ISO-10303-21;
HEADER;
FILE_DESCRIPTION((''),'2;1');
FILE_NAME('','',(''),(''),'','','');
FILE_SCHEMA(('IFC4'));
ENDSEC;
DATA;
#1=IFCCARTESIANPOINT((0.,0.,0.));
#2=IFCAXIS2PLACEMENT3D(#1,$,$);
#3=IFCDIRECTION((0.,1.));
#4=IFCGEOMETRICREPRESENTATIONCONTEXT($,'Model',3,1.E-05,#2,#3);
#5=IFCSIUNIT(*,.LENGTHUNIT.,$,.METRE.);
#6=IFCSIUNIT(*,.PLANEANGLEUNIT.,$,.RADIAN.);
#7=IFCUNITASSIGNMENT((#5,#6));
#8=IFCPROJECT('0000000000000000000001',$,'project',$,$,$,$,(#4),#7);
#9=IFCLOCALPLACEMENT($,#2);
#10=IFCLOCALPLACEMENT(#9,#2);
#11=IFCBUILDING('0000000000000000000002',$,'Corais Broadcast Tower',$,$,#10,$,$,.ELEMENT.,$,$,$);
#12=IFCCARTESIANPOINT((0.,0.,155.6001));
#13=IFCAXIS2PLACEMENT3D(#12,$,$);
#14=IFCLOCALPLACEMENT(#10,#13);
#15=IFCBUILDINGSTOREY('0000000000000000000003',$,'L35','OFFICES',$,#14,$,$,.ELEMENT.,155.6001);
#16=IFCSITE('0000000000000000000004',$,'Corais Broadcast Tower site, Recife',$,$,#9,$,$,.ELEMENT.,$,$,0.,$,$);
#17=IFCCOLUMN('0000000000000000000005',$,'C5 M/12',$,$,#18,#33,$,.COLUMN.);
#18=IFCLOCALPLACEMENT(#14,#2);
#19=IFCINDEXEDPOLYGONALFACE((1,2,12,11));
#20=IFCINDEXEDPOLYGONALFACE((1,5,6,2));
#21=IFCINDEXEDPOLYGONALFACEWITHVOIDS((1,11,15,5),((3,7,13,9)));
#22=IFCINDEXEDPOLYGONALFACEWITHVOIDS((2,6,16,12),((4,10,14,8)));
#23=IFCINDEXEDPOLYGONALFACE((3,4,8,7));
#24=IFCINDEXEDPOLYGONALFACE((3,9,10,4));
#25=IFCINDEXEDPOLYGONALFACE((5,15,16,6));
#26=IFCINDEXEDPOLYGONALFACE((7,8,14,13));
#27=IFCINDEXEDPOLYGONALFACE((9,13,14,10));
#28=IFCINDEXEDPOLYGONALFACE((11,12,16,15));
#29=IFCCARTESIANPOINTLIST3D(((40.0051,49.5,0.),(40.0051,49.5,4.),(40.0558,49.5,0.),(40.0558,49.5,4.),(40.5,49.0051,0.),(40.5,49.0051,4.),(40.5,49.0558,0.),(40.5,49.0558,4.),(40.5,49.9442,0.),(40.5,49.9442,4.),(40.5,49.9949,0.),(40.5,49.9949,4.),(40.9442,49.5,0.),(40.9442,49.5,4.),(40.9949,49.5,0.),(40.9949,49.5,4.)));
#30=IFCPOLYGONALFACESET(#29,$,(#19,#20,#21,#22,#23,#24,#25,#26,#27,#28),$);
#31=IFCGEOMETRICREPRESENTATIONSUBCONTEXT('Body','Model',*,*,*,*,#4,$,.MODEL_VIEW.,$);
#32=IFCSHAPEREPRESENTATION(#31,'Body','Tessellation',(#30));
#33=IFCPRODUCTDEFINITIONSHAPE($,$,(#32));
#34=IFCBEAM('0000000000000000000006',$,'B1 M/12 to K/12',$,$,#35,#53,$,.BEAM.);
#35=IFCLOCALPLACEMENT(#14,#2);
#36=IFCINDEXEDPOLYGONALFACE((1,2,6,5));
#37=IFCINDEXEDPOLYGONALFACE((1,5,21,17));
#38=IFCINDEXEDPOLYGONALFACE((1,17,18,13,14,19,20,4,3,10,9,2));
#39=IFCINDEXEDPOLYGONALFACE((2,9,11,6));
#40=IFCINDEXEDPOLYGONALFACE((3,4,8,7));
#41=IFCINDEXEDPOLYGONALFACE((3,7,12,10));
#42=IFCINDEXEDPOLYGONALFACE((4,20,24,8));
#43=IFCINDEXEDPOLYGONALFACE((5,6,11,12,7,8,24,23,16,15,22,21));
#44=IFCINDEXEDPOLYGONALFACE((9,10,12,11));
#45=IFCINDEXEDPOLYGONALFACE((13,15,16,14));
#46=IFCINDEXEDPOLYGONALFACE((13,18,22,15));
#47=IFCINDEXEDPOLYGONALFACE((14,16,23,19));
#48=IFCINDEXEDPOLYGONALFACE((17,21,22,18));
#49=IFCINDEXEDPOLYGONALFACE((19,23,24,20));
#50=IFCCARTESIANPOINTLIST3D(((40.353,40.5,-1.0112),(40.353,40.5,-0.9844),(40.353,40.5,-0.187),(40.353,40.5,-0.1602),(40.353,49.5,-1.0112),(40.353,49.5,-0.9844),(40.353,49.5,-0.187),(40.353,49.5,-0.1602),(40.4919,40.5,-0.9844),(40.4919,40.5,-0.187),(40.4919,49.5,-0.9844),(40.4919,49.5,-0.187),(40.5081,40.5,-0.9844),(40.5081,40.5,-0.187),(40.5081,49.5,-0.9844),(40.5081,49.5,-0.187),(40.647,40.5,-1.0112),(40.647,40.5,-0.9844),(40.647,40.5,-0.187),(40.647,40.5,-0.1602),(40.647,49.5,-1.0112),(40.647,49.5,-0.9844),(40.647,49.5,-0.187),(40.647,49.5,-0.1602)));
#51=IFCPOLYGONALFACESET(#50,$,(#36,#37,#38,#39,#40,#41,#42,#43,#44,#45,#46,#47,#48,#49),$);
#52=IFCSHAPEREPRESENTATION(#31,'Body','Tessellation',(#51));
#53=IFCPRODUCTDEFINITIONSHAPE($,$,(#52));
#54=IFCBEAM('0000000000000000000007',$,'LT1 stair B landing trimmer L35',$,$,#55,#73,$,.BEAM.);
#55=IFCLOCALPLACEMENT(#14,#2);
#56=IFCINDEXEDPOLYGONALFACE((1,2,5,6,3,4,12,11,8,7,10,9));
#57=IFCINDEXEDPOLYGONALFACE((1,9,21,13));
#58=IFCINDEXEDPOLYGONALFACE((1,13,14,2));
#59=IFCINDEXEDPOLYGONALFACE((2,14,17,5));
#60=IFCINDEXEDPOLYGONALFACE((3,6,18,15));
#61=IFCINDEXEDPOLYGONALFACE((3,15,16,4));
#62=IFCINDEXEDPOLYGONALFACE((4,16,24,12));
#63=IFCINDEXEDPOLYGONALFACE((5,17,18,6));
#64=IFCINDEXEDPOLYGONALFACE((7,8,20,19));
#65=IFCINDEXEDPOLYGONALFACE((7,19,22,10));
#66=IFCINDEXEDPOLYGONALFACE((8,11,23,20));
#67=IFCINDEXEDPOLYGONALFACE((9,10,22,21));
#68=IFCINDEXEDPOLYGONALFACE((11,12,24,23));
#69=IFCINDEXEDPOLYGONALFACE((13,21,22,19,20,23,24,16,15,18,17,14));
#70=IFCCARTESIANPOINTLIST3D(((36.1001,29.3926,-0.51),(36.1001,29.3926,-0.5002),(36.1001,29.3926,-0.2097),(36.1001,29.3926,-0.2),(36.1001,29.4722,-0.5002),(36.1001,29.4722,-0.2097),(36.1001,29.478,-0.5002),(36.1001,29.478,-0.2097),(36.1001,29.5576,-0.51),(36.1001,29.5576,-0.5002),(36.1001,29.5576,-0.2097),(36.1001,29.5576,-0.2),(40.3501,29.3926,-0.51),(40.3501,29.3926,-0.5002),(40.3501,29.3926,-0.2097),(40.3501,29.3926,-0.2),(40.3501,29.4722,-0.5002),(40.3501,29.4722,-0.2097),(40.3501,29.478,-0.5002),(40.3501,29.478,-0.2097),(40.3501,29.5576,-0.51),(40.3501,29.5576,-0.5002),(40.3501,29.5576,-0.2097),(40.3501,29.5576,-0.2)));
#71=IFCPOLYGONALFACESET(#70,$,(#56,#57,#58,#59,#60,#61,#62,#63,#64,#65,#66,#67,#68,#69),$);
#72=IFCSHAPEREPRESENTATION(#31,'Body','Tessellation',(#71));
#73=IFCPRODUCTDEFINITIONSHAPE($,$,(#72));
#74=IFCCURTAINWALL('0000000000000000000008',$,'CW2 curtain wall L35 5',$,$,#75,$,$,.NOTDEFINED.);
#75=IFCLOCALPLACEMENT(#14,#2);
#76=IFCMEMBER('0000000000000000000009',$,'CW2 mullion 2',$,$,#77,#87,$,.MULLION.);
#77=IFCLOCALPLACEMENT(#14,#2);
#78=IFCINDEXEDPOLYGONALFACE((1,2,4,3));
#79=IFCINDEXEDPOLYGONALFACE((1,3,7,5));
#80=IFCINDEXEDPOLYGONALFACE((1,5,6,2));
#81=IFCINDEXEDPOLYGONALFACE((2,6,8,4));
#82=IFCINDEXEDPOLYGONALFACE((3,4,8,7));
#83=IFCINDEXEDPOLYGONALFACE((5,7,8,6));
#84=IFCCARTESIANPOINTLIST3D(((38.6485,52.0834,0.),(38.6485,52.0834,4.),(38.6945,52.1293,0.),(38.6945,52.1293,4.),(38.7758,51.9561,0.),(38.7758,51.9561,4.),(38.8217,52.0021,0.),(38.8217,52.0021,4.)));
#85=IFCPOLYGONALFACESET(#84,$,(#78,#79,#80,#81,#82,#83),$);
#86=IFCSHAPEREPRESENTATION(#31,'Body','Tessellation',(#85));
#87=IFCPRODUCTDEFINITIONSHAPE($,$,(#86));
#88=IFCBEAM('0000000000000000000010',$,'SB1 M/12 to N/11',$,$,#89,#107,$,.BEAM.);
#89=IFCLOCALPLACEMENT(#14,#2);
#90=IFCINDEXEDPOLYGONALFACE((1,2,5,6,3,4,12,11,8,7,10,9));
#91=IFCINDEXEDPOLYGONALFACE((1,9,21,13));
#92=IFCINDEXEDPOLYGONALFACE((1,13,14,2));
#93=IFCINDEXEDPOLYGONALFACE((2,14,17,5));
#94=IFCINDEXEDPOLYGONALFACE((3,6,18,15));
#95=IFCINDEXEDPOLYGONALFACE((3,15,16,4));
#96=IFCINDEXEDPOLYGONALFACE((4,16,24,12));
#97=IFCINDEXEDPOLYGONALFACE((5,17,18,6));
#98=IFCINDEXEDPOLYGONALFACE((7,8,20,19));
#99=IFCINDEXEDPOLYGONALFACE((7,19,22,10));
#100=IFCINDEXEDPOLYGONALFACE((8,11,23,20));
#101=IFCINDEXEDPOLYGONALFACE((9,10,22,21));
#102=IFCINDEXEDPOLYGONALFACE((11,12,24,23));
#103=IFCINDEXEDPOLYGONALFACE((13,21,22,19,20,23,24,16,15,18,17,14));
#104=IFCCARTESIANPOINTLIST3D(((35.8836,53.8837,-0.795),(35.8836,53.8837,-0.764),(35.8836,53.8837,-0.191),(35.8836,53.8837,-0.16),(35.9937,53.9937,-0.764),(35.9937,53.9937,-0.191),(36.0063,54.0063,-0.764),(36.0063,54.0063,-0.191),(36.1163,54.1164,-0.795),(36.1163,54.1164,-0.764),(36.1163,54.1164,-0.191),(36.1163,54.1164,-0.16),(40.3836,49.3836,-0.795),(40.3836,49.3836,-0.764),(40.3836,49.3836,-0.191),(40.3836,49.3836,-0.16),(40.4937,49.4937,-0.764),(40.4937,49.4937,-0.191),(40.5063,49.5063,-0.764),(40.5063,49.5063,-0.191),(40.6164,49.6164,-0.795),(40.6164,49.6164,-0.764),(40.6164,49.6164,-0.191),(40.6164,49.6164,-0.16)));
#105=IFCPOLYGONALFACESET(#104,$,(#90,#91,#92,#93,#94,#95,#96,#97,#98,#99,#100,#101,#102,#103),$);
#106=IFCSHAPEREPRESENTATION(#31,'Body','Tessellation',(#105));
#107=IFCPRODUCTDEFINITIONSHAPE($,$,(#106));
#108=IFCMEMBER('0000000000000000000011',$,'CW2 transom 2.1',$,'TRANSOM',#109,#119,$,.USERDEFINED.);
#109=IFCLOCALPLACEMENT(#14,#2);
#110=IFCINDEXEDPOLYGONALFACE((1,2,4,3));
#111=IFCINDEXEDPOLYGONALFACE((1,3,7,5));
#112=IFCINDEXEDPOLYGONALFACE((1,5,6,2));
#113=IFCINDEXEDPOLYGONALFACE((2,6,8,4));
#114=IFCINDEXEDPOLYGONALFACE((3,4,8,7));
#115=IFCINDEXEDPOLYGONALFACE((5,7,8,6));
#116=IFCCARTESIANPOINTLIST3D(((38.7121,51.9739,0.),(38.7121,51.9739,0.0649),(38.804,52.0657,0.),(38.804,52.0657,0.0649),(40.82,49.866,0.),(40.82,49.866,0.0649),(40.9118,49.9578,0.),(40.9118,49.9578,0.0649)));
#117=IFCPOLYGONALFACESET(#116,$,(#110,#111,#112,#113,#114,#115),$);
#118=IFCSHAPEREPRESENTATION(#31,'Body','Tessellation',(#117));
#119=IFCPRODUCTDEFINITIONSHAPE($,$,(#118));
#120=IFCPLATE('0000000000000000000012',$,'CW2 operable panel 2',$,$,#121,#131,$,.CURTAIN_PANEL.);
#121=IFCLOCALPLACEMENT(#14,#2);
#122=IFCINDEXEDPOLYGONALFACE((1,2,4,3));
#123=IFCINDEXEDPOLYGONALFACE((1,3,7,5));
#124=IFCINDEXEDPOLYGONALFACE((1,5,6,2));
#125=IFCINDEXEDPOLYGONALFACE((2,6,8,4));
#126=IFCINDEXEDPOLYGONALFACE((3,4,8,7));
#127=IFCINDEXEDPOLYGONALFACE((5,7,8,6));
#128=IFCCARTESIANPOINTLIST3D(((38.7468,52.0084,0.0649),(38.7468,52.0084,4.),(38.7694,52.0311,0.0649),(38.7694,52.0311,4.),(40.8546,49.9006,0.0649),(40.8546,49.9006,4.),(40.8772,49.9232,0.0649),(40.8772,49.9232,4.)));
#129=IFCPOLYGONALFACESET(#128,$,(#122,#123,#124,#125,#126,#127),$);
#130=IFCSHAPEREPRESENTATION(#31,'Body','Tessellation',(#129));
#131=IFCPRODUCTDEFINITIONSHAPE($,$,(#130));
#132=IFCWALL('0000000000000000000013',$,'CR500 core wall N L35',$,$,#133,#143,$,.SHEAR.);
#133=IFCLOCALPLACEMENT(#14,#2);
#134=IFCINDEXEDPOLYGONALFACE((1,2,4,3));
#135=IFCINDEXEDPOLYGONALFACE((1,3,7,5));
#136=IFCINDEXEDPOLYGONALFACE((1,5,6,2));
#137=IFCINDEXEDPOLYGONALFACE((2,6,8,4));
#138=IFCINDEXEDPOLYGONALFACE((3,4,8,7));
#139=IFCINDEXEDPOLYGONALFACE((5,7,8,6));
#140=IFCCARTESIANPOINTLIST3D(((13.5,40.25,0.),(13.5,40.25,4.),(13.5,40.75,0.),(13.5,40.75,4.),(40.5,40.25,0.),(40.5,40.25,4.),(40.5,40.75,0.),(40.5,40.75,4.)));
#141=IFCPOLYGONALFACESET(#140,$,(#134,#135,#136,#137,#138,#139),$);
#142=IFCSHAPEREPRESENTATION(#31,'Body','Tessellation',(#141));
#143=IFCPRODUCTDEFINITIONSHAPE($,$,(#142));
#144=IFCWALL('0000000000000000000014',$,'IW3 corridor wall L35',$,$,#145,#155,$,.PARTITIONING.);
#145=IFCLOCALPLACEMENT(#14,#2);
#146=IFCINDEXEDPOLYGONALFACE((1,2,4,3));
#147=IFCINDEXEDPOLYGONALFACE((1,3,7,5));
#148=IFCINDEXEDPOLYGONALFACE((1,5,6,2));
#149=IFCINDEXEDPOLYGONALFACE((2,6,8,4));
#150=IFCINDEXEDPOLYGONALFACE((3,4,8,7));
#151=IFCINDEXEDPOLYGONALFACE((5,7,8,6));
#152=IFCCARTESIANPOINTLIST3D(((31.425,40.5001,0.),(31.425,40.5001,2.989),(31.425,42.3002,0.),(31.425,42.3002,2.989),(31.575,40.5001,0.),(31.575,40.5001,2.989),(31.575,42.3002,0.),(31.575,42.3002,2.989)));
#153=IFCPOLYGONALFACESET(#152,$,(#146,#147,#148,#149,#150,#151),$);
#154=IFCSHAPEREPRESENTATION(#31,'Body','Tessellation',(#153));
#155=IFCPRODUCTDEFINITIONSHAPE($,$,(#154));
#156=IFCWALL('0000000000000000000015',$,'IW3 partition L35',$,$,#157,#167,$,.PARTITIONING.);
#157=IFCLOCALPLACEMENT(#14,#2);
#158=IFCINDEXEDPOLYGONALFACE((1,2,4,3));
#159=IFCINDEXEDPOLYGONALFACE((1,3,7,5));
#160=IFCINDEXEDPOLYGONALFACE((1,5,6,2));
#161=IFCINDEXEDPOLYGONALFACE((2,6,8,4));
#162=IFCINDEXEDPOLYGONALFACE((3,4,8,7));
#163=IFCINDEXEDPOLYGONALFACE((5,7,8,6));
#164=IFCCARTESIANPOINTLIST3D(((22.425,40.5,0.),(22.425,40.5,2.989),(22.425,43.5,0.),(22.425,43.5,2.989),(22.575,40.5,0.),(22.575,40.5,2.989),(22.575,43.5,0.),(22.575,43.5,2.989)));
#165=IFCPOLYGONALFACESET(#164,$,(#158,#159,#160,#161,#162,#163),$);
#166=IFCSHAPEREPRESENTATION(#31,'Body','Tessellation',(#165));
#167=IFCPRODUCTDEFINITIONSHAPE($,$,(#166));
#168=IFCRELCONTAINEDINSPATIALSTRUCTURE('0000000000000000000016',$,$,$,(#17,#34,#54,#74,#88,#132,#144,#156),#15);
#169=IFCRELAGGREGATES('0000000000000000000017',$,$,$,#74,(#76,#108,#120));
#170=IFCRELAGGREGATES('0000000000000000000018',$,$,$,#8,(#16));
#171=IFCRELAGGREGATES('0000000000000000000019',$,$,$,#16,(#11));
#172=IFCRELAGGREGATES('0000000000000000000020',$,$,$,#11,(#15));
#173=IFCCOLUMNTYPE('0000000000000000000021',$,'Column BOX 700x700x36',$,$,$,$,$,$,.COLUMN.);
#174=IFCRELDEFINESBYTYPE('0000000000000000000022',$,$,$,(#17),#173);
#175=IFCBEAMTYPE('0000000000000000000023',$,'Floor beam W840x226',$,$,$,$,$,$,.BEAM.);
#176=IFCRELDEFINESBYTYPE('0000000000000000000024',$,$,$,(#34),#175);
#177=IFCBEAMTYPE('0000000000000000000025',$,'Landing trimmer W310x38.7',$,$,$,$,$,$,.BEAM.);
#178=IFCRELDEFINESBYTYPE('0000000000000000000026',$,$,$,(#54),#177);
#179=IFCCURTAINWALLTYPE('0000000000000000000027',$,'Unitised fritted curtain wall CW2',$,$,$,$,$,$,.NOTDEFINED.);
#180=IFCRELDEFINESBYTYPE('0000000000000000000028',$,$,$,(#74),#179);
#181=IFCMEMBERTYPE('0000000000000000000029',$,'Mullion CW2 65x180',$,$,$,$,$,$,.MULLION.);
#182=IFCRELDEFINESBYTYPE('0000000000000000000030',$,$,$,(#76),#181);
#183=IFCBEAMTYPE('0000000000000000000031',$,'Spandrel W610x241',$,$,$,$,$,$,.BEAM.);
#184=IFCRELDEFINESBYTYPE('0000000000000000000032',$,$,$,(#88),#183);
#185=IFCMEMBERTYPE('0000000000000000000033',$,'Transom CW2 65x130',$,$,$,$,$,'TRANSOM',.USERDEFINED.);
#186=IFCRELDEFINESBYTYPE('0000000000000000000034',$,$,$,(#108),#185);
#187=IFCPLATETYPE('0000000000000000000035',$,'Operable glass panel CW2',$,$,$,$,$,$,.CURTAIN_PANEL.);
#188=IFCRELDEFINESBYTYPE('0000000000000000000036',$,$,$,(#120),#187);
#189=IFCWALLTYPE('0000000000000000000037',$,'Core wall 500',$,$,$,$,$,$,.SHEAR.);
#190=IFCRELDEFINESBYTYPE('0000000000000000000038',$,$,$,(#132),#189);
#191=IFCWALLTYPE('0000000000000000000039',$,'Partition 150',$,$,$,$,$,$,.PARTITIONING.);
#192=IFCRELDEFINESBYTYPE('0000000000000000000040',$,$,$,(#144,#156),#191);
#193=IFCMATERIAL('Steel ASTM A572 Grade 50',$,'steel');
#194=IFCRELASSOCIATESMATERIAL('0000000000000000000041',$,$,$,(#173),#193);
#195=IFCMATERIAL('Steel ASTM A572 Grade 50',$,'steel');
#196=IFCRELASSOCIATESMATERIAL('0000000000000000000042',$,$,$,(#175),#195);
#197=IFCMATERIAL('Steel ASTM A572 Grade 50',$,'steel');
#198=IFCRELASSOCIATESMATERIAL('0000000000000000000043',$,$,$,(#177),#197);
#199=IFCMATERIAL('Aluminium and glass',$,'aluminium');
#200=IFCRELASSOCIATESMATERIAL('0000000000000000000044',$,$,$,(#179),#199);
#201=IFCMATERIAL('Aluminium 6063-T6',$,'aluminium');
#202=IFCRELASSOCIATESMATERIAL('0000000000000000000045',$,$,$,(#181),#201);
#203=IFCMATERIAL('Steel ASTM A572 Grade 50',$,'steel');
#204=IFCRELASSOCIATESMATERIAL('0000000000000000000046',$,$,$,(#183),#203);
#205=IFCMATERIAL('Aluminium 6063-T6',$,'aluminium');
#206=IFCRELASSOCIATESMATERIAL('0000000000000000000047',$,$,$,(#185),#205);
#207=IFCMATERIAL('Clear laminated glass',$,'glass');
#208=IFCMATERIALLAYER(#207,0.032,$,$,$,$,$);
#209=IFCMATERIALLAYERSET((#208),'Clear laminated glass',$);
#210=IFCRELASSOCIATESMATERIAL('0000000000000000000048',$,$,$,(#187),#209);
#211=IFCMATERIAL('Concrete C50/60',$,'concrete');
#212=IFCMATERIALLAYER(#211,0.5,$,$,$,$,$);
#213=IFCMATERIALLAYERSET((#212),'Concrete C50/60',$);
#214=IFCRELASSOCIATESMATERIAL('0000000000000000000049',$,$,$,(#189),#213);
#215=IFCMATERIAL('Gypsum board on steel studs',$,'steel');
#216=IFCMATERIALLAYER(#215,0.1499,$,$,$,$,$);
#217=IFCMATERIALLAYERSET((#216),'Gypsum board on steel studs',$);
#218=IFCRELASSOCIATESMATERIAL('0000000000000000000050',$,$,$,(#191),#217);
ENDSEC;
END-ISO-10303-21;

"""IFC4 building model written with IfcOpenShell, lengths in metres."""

from ifc_helpers import new_model, si_unit, direction, frame, frame_2d, origin, origin_2d, place, context, subcontext, project, spatial, rectangle, hollow_rectangle, i_section, extrude, material, layer, layer_set, material_profile, profile_set, type_object, element, aggregate, save


model = new_model("IFC4")

# Units and contexts
model_context = context("Model", 3, precision=1e-05, world=origin(), true_north=direction((0.0, 1.0)))
body_context = subcontext(model_context, "Body", "Model", "MODEL_VIEW")
ifc_project = project(units=[si_unit("LENGTHUNIT", "METRE"), si_unit("PLANEANGLEUNIT", "RADIAN")], contexts=[model_context])

# Site, building, storey
site_placement = place(None, origin())
site = spatial("IfcSite", under=ifc_project, at=site_placement, Name="Corais Broadcast Tower site, Recife", CompositionType="ELEMENT", RefElevation=0.0)
building_placement = place(site_placement, origin())
building = spatial("IfcBuilding", under=site, at=building_placement, Name="Corais Broadcast Tower", CompositionType="ELEMENT")
storey_placement = place(building_placement, frame((0.0, 0.0, 155.6001)))
storey = spatial("IfcBuildingStorey", under=building, at=storey_placement, Name="L35", Description="OFFICES", CompositionType="ELEMENT", Elevation=155.6001)

# Column
ifc_material_1 = material(Name="Steel ASTM A572 Grade 50", Category="steel")
ifc_material_profile_1 = material_profile(ifc_material_1, hollow_rectangle(XDim=0.7, YDim=0.7, WallThickness=0.0359, at=origin_2d()), Name="BOX 700x700x36")
ifc_profile_set_1 = profile_set([ifc_material_profile_1], Name="Steel ASTM A572 Grade 50")
column_type = type_object("IfcColumnType", Name="Column BOX 700x700x36", PredefinedType="COLUMN", material=ifc_profile_set_1)
column_placement = place(storey_placement, frame((40.5, 49.5, 0.0), z_axis=(0.0, 0.0, 1.0), x_axis=(0.707107, 0.707107, 0.0)))
element("IfcColumn", 1, at=column_placement, inside=storey, type_object=column_type, Name="C5 M/12", PredefinedType="COLUMN", context=body_context, shape_type="SweptSolid", body=[
    extrude(hollow_rectangle(XDim=0.7, YDim=0.7, WallThickness=0.0359, at=origin_2d()), origin(), (0.0, 0.0, 1.0), 4.0),
])

# Beams
ifc_material_2 = material(Name="Steel ASTM A572 Grade 50", Category="steel")
ifc_material_profile_2 = material_profile(ifc_material_2, i_section(OverallWidth=0.2939, OverallDepth=0.8511, WebThickness=0.0161, FlangeThickness=0.0269, at=origin_2d()), Name="W840x226")
ifc_profile_set_2 = profile_set([ifc_material_profile_2], Name="Steel ASTM A572 Grade 50")
beam_type_1 = type_object("IfcBeamType", Name="Floor beam W840x226", PredefinedType="BEAM", material=ifc_profile_set_2)
beam_1_placement = place(storey_placement, frame((40.5, 49.5, -0.5857), z_axis=(0.0, -1.0, 0.0), x_axis=(1.0, 0.0, 0.0)))
element("IfcBeam", 2, at=beam_1_placement, inside=storey, type_object=beam_type_1, Name="B1 M/12 to K/12", PredefinedType="BEAM", context=body_context, shape_type="SweptSolid", body=[
    extrude(i_section(OverallWidth=0.2939, OverallDepth=0.8511, WebThickness=0.0161, FlangeThickness=0.0269, at=origin_2d()), origin(), (0.0, 0.0, 1.0), 9.0),
])
ifc_material_3 = material(Name="Steel ASTM A572 Grade 50", Category="steel")
ifc_material_profile_3 = material_profile(ifc_material_3, i_section(OverallWidth=0.165, OverallDepth=0.3101, WebThickness=0.0059, FlangeThickness=0.0098, at=origin_2d()), Name="W310x38.7")
ifc_profile_set_3 = profile_set([ifc_material_profile_3], Name="Steel ASTM A572 Grade 50")
beam_type_2 = type_object("IfcBeamType", Name="Landing trimmer W310x38.7", PredefinedType="BEAM", material=ifc_profile_set_3)
beam_2_placement = place(storey_placement, frame((36.1001, 29.4751, -0.355), z_axis=(1.0, 0.0, 0.0), x_axis=(0.0, 1.0, 0.0)))
element("IfcBeam", 3, at=beam_2_placement, inside=storey, type_object=beam_type_2, Name="LT1 stair B landing trimmer L35", PredefinedType="BEAM", context=body_context, shape_type="SweptSolid", body=[
    extrude(i_section(OverallWidth=0.165, OverallDepth=0.3101, WebThickness=0.0059, FlangeThickness=0.0098, at=origin_2d()), origin(), (0.0, 0.0, 1.0), 4.25),
])

# Curtain wall, member
ifc_material_4 = material(Name="Aluminium and glass", Category="aluminium")
curtain_wall_type = type_object("IfcCurtainWallType", Name="Unitised fritted curtain wall CW2", PredefinedType="NOTDEFINED", material=ifc_material_4)
curtain_wall_placement = place(storey_placement, origin())
curtain_wall = element("IfcCurtainWall", 4, at=curtain_wall_placement, inside=storey, type_object=curtain_wall_type, Name="CW2 curtain wall L35 5", PredefinedType="NOTDEFINED")
ifc_material_5 = material(Name="Aluminium 6063-T6", Category="aluminium")
ifc_material_profile_4 = material_profile(ifc_material_5, rectangle(XDim=0.0649, YDim=0.1799, at=origin_2d()), Name="Mullion CW2 65x180")
ifc_profile_set_4 = profile_set([ifc_material_profile_4], Name="Aluminium 6063-T6")
member_type_1 = type_object("IfcMemberType", Name="Mullion CW2 65x180", PredefinedType="MULLION", material=ifc_profile_set_4)
member_1_placement = place(storey_placement, frame((38.7351, 52.0427, 0.0), z_axis=(0.0, 0.0, 1.0), x_axis=(0.707107, 0.707107, 0.0)))
member_1 = element("IfcMember", 5, at=member_1_placement, type_object=member_type_1, Name="CW2 mullion 2", PredefinedType="MULLION", context=body_context, shape_type="SweptSolid", body=[
    extrude(rectangle(XDim=0.0649, YDim=0.1799, at=origin_2d()), origin(), (0.0, 0.0, 1.0), 4.0),
])

# Beam
ifc_material_6 = material(Name="Steel ASTM A572 Grade 50", Category="steel")
ifc_material_profile_5 = material_profile(ifc_material_6, i_section(OverallWidth=0.3291, OverallDepth=0.635, WebThickness=0.0178, FlangeThickness=0.031, at=origin_2d()), Name="W610x241")
ifc_profile_set_5 = profile_set([ifc_material_profile_5], Name="Steel ASTM A572 Grade 50")
beam_type_3 = type_object("IfcBeamType", Name="Spandrel W610x241", PredefinedType="BEAM", material=ifc_profile_set_5)
beam_3_placement = place(storey_placement, frame((40.5, 49.5, -0.4775), z_axis=(-0.707107, 0.707107, 0.0), x_axis=(-0.707107, -0.707107, 0.0)))
element("IfcBeam", 6, at=beam_3_placement, inside=storey, type_object=beam_type_3, Name="SB1 M/12 to N/11", PredefinedType="BEAM", context=body_context, shape_type="SweptSolid", body=[
    extrude(i_section(OverallWidth=0.3291, OverallDepth=0.635, WebThickness=0.0178, FlangeThickness=0.031, at=origin_2d()), origin(), (0.0, 0.0, 1.0), 6.364),
])

# Member
ifc_material_7 = material(Name="Aluminium 6063-T6", Category="aluminium")
ifc_material_profile_6 = material_profile(ifc_material_7, rectangle(XDim=0.1299, YDim=0.0649, at=origin_2d()), Name="Transom CW2 65x130")
ifc_profile_set_6 = profile_set([ifc_material_profile_6], Name="Aluminium 6063-T6")
member_type_2 = type_object("IfcMemberType", Name="Transom CW2 65x130", ElementType="TRANSOM", PredefinedType="USERDEFINED", material=ifc_profile_set_6)
member_2_placement = place(storey_placement, frame((38.7581, 52.0198, 0.0325), z_axis=(0.707107, -0.707107, 0.0), x_axis=(0.707107, 0.707107, 0.0)))
member_2 = element("IfcMember", 7, at=member_2_placement, type_object=member_type_2, Name="CW2 transom 2.1", ObjectType="TRANSOM", PredefinedType="USERDEFINED", context=body_context, shape_type="SweptSolid", body=[
    extrude(rectangle(XDim=0.1299, YDim=0.0649, at=origin_2d()), origin(), (0.0, 0.0, 1.0), 2.981),
])

# Plate
ifc_material_8 = material(Name="Clear laminated glass", Category="glass")
ifc_layer_1 = layer(ifc_material_8, 0.032)
ifc_layer_set_1 = layer_set([ifc_layer_1], Name="Clear laminated glass")
plate_type = type_object("IfcPlateType", Name="Operable glass panel CW2", PredefinedType="CURTAIN_PANEL", material=ifc_layer_set_1)
plate_placement = place(storey_placement, frame((39.812, 50.9658, 0.0649), z_axis=(0.0, 0.0, 1.0), x_axis=(0.707107, -0.707107, 0.0)))
plate = element("IfcPlate", 8, at=plate_placement, type_object=plate_type, Name="CW2 operable panel 2", PredefinedType="CURTAIN_PANEL", context=body_context, shape_type="SweptSolid", body=[
    extrude(rectangle(XDim=2.981, YDim=0.032, at=origin_2d()), origin(), (0.0, 0.0, 1.0), 3.9351),
])
aggregate(curtain_wall, [member_1, member_2, plate])

# Walls
ifc_material_9 = material(Name="Concrete C50/60", Category="concrete")
ifc_layer_2 = layer(ifc_material_9, 0.5)
ifc_layer_set_2 = layer_set([ifc_layer_2], Name="Concrete C50/60")
wall_type_1 = type_object("IfcWallType", Name="Core wall 500", PredefinedType="SHEAR", material=ifc_layer_set_2)
wall_1_placement = place(storey_placement, frame((40.5, 40.5, 0.0), z_axis=(0.0, 0.0, 1.0), x_axis=(-1.0, 0.0, 0.0)))
element("IfcWall", 9, at=wall_1_placement, inside=storey, type_object=wall_type_1, Name="CR500 core wall N L35", PredefinedType="SHEAR", context=body_context, shape_type="SweptSolid", body=[
    extrude(rectangle(XDim=27.0, YDim=0.5, at=frame_2d((13.5, 0.0))), origin(), (0.0, 0.0, 1.0), 4.0),
])
ifc_material_10 = material(Name="Gypsum board on steel studs", Category="steel")
ifc_layer_3 = layer(ifc_material_10, 0.1499)
ifc_layer_set_3 = layer_set([ifc_layer_3], Name="Gypsum board on steel studs")
wall_type_2 = type_object("IfcWallType", Name="Partition 150", PredefinedType="PARTITIONING", material=ifc_layer_set_3)
wall_2_placement = place(storey_placement, frame((31.5, 42.3, 0.0), z_axis=(0.0, 0.0, 1.0), x_axis=(0.0, -1.0, 0.0)))
element("IfcWall", 10, at=wall_2_placement, inside=storey, type_object=wall_type_2, Name="IW3 corridor wall L35", PredefinedType="PARTITIONING", context=body_context, shape_type="SweptSolid", body=[
    extrude(rectangle(XDim=1.8, YDim=0.1499, at=frame_2d((0.8999, 0.0))), origin(), (0.0, 0.0, 1.0), 2.989),
])
wall_3_placement = place(storey_placement, frame((22.5, 40.5, 0.0), z_axis=(0.0, 0.0, 1.0), x_axis=(0.0, 1.0, 0.0)))
element("IfcWall", 11, at=wall_3_placement, inside=storey, type_object=wall_type_2, Name="IW3 partition L35", PredefinedType="PARTITIONING", context=body_context, shape_type="SweptSolid", body=[
    extrude(rectangle(XDim=3.0, YDim=0.1499, at=frame_2d((1.5, 0.0))), origin(), (0.0, 0.0, 1.0), 2.989),
])

save(model, "model.ifc")
